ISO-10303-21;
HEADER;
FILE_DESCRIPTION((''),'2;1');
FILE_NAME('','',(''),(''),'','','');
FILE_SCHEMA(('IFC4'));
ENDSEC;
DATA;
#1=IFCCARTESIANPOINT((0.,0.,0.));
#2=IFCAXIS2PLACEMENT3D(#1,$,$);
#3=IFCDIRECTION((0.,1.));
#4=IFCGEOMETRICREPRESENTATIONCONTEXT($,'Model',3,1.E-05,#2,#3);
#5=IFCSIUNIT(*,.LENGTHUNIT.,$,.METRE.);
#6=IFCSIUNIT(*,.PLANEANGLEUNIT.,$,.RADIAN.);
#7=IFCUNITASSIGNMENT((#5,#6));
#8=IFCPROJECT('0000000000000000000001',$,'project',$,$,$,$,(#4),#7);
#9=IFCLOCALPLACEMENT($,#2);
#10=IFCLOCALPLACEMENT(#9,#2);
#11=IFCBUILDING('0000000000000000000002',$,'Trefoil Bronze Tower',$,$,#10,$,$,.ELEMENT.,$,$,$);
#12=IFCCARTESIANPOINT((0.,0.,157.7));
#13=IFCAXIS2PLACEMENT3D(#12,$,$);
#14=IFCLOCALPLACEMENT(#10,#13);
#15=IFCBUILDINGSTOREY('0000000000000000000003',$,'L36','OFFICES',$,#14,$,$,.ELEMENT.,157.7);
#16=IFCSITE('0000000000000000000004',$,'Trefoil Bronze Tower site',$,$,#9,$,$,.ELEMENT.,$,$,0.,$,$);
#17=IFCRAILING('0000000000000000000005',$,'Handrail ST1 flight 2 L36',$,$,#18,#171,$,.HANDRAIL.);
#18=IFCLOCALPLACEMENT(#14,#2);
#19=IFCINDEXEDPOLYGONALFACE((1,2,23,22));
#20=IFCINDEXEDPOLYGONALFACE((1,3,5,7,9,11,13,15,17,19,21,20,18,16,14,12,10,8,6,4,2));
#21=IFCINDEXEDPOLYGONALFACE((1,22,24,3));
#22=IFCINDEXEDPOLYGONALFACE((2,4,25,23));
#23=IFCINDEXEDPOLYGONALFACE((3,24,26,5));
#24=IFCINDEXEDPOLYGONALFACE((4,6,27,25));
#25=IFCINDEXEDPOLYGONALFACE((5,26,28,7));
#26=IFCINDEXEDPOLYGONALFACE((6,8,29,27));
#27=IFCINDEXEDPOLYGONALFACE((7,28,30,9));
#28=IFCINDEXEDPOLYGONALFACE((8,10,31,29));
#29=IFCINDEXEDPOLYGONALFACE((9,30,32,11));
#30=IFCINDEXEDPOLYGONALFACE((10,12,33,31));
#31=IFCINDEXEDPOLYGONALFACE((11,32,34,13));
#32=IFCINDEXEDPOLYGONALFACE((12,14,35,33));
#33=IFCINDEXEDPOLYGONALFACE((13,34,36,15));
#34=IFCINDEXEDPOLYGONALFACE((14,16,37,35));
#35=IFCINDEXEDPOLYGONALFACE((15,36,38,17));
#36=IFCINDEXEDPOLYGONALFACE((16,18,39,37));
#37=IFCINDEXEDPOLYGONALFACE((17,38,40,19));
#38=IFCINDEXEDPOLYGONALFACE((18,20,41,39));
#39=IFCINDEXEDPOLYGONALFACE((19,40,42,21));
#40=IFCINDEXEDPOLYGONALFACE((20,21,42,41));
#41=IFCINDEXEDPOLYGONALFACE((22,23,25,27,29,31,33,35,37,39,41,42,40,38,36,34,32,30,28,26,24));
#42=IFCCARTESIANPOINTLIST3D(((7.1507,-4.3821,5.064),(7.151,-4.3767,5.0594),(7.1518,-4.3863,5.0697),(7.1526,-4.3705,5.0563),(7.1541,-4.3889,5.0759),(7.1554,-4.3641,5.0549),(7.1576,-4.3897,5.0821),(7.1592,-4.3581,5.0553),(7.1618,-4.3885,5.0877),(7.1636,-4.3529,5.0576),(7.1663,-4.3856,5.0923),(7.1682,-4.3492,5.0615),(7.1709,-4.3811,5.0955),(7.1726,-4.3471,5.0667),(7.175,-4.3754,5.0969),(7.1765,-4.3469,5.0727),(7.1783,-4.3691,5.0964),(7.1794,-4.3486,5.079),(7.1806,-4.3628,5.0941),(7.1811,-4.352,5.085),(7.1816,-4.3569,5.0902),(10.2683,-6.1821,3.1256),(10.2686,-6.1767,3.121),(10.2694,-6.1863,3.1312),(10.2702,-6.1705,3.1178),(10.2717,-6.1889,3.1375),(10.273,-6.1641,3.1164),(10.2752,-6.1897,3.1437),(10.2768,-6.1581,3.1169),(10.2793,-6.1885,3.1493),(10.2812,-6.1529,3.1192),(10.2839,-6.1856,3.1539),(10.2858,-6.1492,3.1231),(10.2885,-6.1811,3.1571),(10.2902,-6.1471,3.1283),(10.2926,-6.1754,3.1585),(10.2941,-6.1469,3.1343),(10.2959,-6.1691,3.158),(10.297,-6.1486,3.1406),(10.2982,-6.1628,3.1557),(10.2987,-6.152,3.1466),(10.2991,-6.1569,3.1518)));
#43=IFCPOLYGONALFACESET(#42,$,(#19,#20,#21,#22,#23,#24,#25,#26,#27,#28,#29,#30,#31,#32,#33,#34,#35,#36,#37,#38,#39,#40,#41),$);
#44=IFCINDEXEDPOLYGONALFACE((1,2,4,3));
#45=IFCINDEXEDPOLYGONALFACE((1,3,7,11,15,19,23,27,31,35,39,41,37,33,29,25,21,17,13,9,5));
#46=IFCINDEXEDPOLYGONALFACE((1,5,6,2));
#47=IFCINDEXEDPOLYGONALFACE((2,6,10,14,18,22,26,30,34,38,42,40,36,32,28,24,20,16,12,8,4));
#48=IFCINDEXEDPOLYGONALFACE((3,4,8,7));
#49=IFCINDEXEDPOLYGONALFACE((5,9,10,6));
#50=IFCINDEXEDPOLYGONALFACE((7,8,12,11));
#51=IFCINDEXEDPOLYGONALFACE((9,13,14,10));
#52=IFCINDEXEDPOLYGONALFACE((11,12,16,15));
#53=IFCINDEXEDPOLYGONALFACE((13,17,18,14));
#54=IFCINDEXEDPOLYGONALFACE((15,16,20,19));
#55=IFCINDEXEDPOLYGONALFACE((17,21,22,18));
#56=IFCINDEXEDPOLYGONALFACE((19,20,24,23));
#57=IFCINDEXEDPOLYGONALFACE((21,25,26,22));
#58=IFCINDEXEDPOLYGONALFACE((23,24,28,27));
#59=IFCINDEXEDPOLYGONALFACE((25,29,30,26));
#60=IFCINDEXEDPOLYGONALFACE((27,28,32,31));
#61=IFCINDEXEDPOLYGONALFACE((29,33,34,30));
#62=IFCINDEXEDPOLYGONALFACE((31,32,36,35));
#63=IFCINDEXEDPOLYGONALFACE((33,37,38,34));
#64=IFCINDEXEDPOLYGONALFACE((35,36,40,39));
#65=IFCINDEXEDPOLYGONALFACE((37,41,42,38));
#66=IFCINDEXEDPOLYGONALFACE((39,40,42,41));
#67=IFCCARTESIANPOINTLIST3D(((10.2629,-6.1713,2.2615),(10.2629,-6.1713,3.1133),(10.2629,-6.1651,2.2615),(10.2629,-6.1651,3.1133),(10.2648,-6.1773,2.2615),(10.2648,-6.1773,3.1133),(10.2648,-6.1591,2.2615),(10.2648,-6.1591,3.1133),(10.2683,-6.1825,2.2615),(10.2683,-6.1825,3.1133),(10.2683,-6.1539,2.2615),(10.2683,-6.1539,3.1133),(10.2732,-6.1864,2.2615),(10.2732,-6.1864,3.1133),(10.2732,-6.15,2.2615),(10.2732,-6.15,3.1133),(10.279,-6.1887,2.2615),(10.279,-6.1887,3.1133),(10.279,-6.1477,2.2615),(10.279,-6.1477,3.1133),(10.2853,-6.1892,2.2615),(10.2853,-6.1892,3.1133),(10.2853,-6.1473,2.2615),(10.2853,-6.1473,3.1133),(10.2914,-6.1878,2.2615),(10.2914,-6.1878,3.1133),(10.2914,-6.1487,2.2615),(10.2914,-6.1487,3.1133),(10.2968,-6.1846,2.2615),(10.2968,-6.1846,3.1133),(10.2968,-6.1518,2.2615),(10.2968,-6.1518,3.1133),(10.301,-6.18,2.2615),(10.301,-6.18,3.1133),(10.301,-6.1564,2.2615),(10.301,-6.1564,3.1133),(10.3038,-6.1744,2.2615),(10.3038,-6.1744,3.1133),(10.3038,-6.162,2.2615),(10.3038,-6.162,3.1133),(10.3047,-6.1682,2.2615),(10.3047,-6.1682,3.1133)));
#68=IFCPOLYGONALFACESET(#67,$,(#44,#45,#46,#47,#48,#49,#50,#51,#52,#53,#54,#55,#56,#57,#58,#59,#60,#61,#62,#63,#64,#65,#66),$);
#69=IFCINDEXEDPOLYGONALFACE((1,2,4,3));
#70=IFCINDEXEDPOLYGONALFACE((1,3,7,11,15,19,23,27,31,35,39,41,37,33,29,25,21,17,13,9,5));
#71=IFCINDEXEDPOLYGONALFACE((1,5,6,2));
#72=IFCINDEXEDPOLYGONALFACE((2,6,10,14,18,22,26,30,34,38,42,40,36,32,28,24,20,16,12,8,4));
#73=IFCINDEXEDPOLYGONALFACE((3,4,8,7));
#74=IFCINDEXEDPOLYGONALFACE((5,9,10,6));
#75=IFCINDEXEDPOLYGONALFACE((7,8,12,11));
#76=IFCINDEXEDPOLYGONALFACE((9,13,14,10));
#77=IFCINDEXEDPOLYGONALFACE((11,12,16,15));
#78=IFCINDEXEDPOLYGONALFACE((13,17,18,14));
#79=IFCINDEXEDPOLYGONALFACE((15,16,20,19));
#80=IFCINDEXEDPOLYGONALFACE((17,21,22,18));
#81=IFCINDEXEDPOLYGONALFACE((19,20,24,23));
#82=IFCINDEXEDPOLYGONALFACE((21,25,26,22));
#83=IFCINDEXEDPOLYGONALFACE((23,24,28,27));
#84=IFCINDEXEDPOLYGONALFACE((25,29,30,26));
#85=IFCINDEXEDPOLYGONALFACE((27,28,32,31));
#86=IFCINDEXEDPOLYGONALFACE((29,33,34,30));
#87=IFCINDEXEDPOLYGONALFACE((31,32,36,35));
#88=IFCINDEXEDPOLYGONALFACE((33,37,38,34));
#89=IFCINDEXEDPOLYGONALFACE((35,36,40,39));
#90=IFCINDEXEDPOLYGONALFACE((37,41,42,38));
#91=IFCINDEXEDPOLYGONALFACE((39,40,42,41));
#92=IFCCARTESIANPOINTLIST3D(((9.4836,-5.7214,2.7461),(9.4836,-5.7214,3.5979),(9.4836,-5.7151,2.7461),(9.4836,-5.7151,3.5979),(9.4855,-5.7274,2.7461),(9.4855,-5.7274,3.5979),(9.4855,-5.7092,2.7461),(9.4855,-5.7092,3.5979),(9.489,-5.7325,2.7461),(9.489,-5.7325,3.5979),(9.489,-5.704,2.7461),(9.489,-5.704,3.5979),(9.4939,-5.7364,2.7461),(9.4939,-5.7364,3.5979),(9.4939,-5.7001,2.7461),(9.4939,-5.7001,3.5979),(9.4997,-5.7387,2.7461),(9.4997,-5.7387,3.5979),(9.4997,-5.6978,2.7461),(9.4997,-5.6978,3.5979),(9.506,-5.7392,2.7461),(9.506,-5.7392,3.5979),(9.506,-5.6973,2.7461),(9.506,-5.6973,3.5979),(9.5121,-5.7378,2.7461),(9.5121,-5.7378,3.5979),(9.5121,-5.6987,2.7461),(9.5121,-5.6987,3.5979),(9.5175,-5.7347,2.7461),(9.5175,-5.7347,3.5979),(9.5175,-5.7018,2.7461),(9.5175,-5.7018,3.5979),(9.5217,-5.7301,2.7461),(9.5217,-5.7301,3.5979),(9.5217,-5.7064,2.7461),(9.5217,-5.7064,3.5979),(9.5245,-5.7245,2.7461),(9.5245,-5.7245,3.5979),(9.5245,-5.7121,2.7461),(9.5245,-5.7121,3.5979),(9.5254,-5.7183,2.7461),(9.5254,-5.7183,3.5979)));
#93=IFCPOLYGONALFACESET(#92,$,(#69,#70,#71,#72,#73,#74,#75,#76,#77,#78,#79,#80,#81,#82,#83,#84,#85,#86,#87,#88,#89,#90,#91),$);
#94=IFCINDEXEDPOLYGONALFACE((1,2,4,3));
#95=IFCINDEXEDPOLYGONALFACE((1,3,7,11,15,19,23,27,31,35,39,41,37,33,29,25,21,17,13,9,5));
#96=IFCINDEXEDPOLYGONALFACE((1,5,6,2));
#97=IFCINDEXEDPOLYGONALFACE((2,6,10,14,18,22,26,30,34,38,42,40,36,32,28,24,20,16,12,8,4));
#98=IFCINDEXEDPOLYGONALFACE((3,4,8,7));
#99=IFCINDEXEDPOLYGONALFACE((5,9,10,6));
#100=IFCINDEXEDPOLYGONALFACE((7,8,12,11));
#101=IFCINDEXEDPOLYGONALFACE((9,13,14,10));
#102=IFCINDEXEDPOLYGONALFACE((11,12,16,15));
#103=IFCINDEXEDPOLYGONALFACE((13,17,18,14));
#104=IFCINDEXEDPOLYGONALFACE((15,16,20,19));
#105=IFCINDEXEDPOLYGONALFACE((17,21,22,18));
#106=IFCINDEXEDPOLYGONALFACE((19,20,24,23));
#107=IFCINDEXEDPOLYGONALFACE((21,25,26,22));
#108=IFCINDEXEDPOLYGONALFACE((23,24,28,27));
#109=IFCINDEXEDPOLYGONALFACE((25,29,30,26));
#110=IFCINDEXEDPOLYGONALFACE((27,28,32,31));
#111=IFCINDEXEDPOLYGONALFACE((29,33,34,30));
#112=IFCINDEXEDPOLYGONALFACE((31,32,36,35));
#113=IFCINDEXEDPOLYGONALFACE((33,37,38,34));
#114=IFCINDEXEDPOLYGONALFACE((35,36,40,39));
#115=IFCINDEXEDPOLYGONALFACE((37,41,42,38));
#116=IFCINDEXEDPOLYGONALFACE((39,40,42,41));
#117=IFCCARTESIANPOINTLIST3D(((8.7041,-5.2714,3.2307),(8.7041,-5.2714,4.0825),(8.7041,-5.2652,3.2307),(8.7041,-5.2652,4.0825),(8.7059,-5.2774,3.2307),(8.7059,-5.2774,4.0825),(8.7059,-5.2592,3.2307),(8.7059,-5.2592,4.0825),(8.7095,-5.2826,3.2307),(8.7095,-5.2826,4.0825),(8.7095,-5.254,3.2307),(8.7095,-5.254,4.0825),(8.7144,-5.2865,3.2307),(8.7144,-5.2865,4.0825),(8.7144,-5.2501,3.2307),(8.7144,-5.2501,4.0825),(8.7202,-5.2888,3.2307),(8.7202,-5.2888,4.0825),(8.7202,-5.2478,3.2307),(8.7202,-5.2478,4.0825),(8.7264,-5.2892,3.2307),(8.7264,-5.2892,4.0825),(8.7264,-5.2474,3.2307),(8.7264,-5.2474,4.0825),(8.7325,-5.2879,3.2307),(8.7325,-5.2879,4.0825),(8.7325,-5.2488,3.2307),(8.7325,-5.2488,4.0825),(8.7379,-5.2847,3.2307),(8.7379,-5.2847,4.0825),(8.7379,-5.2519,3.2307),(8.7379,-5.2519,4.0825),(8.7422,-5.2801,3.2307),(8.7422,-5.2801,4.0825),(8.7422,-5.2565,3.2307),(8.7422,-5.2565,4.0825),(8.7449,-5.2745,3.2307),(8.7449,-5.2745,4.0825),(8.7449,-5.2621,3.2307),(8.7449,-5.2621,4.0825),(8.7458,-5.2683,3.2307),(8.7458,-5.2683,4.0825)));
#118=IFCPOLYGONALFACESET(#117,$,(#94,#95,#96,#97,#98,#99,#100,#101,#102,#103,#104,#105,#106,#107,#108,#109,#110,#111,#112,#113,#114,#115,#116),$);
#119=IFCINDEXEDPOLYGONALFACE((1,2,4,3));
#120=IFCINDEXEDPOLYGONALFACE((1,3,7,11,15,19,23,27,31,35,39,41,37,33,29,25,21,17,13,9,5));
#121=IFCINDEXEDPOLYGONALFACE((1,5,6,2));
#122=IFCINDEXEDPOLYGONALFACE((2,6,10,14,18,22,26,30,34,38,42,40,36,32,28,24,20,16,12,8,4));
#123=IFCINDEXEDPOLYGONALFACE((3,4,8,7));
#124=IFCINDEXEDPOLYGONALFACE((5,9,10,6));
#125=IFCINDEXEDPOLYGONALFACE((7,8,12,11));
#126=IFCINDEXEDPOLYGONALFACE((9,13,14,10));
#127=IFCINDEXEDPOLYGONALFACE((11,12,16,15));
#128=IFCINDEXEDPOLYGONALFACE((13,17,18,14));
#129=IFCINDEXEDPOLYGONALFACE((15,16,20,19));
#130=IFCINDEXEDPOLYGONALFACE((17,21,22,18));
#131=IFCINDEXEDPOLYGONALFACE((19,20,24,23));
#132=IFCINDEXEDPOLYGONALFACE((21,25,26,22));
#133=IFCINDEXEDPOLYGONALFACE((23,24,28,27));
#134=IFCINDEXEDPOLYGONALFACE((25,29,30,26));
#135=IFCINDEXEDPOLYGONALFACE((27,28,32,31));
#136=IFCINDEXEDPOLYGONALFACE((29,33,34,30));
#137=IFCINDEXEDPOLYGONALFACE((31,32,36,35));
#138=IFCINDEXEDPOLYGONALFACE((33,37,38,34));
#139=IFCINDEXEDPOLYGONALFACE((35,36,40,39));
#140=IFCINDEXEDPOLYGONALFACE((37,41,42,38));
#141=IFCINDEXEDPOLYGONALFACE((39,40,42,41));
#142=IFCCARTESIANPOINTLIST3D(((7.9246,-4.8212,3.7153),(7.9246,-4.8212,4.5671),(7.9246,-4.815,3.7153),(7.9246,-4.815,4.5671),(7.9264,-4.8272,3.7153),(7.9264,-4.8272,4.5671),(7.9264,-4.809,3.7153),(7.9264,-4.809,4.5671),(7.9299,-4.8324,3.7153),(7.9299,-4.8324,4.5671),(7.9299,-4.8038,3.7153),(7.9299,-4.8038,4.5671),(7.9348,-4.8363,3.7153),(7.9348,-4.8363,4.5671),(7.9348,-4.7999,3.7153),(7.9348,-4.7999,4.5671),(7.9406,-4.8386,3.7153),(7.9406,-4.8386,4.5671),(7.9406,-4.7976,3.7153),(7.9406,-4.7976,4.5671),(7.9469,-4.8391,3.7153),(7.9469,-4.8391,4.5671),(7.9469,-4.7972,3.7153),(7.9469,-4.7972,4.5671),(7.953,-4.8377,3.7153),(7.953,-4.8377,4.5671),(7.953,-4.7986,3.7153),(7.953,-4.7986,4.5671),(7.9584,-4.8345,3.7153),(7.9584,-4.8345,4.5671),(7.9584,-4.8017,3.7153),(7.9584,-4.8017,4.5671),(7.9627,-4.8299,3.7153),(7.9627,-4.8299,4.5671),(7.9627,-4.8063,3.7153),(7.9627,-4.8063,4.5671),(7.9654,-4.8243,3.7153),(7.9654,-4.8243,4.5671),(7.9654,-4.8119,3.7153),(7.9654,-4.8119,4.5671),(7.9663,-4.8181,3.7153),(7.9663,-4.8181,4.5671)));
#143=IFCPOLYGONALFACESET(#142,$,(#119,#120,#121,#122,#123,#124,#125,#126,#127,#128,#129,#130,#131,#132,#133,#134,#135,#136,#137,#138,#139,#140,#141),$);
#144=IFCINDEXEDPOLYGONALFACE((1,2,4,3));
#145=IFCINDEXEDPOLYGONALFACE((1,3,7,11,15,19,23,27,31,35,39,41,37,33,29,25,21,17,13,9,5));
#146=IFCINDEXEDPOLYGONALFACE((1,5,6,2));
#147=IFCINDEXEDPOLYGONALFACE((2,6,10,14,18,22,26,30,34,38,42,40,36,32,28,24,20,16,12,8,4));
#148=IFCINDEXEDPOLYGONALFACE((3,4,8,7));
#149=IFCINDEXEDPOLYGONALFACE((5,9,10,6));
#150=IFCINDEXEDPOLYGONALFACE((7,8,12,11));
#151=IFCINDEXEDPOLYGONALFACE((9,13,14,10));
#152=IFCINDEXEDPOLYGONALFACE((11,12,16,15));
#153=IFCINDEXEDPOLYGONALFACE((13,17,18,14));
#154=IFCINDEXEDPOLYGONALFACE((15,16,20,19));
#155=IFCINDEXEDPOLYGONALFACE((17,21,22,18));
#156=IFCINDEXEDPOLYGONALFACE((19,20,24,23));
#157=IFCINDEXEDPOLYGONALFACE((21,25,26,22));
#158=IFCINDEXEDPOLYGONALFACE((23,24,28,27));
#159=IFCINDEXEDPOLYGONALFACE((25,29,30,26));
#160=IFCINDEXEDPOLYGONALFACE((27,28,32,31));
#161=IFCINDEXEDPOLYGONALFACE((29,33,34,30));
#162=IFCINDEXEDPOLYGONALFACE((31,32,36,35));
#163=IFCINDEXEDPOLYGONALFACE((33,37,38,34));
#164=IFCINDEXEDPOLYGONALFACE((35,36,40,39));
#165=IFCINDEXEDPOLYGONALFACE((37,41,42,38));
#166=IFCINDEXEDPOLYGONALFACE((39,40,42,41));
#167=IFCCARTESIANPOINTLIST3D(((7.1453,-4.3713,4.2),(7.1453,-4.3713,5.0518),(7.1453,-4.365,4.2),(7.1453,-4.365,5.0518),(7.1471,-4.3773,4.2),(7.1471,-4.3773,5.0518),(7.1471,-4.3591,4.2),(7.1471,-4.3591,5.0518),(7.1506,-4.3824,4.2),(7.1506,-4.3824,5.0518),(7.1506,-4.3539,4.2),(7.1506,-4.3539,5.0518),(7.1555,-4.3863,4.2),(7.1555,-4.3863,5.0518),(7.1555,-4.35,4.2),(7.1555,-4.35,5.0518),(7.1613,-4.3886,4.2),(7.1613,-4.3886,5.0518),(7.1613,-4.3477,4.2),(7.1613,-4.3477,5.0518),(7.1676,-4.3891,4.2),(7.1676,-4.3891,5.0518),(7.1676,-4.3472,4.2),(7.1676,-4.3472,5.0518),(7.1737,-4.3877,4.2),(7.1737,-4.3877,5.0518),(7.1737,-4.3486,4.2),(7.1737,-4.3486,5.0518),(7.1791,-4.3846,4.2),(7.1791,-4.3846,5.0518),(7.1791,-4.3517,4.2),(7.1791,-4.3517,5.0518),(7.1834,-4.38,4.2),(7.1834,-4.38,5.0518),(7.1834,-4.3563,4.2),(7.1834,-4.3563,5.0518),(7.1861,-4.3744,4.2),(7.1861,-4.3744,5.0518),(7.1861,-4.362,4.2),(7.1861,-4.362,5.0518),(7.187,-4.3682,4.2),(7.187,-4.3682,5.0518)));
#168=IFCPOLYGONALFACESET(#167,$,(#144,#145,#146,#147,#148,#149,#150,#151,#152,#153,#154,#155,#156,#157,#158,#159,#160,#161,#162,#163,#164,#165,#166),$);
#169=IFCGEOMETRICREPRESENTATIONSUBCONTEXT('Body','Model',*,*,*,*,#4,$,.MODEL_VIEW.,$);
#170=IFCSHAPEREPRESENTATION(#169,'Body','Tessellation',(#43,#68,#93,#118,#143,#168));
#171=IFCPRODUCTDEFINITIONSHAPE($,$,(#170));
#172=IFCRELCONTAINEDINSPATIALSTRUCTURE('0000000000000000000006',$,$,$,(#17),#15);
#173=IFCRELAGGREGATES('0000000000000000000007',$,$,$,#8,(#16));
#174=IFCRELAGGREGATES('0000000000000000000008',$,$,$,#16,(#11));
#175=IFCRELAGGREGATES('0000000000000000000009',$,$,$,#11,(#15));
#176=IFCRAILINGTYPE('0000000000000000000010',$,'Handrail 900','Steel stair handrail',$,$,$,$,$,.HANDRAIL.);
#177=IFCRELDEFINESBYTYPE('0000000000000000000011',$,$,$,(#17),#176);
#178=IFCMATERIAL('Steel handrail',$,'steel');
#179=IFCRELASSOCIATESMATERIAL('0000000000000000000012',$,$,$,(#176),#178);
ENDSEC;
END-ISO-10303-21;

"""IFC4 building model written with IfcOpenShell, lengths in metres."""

from ifc_helpers import new_model, si_unit, direction, frame, origin, origin_2d, place, context, subcontext, project, spatial, circle, extrude, material, type_object, element, save


model = new_model("IFC4")

# Units and contexts
model_context = context("Model", 3, precision=1e-05, world=origin(), true_north=direction((0.0, 1.0)))
body_context = subcontext(model_context, "Body", "Model", "MODEL_VIEW")
ifc_project = project(units=[si_unit("LENGTHUNIT", "METRE"), si_unit("PLANEANGLEUNIT", "RADIAN")], contexts=[model_context])

# Site, building, storey
site_placement = place(None, origin())
site = spatial("IfcSite", under=ifc_project, at=site_placement, Name="Trefoil Bronze Tower site", CompositionType="ELEMENT", RefElevation=0.0)
building_placement = place(site_placement, origin())
building = spatial("IfcBuilding", under=site, at=building_placement, Name="Trefoil Bronze Tower", CompositionType="ELEMENT")
storey_placement = place(building_placement, frame((0.0, 0.0, 157.7)))
storey = spatial("IfcBuildingStorey", under=building, at=storey_placement, Name="L36", Description="OFFICES", CompositionType="ELEMENT", Elevation=157.7)

# Railing
ifc_material_1 = material(Name="Steel handrail", Category="steel")
railing_type = type_object("IfcRailingType", Name="Handrail 900", Description="Steel stair handrail", PredefinedType="HANDRAIL", material=ifc_material_1)
railing_1_placement = place(storey_placement, frame((10.2837, -6.1682, 2.2615)))
element("IfcRailing", 1, at=railing_1_placement, inside=storey, type_object=railing_type, Name="Handrail ST1 flight 2 L36", PredefinedType="HANDRAIL", context=body_context, shape_type="SweptSolid", body=[
    extrude(circle(Radius=0.0239, at=origin_2d()), frame((0.0, 0.0, 0.876), z_axis=(-0.762503, 0.440246, 0.474102), x_axis=(-0.500012, -0.866018, 0.0)), (0.0, 0.0, 1.0), 4.0886),
    extrude(circle(Radius=0.021, at=origin_2d()), origin(), (0.0, 0.0, 1.0), 0.8518),
    extrude(circle(Radius=0.021, at=origin_2d()), frame((-0.7793, 0.45, 0.4846)), (0.0, 0.0, 1.0), 0.8518),
    extrude(circle(Radius=0.021, at=origin_2d()), frame((-1.5588, 0.8999, 0.9692)), (0.0, 0.0, 1.0), 0.8518),
    extrude(circle(Radius=0.021, at=origin_2d()), frame((-2.3384, 1.3501, 1.4539)), (0.0, 0.0, 1.0), 0.8518),
    extrude(circle(Radius=0.021, at=origin_2d()), frame((-3.1177, 1.8, 1.9385)), (0.0, 0.0, 1.0), 0.8518),
])

save(model, "model.ifc")
